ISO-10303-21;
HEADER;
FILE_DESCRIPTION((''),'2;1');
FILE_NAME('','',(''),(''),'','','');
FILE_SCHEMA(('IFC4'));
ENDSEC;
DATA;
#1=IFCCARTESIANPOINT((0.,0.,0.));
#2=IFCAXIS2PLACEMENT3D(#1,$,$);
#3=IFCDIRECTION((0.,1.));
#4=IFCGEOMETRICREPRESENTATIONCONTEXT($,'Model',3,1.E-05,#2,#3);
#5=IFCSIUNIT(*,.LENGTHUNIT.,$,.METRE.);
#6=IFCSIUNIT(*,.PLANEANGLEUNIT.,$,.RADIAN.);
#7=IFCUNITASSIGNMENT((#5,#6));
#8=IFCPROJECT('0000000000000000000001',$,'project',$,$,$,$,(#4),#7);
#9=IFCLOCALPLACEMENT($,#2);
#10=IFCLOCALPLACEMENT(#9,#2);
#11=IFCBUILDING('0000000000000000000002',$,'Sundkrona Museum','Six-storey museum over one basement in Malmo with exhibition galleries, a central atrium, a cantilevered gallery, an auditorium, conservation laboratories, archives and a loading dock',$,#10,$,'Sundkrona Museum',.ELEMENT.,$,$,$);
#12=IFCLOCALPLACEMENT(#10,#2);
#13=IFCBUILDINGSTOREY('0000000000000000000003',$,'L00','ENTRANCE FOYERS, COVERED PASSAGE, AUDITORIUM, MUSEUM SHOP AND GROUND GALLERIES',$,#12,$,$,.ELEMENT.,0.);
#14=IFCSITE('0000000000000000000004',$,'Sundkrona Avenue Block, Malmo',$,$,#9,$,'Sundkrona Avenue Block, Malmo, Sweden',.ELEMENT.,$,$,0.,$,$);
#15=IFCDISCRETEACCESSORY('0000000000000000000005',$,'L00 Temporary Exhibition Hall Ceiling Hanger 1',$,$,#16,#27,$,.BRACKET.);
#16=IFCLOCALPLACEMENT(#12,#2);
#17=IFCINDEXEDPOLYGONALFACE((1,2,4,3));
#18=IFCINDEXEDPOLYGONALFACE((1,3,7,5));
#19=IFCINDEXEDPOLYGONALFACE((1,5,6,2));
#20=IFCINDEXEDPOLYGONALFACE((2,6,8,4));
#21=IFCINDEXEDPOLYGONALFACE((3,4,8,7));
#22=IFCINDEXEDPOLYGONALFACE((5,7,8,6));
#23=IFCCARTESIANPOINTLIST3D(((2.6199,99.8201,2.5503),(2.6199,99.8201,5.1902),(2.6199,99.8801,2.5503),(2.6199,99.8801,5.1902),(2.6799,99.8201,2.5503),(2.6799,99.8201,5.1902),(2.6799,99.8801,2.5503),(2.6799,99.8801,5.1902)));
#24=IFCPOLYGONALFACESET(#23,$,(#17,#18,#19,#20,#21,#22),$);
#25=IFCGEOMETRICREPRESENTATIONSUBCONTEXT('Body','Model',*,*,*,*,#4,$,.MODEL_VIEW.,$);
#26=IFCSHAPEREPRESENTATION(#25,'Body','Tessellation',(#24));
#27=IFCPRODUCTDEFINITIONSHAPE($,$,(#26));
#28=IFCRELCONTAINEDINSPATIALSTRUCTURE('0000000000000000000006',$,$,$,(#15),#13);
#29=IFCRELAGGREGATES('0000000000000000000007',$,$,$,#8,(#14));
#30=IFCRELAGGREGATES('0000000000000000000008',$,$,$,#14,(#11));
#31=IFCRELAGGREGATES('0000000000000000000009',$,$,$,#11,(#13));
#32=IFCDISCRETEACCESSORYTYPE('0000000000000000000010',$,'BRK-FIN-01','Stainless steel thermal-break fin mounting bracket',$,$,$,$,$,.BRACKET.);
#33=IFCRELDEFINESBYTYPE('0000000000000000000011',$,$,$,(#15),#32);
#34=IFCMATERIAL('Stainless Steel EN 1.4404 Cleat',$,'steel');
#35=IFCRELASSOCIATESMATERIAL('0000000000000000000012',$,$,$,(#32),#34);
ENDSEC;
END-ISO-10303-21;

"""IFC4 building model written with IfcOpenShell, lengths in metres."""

from ifc_helpers import new_model, si_unit, direction, frame, origin, origin_2d, place, context, subcontext, project, spatial, rectangle, extrude, material, type_object, element, save


model = new_model("IFC4")

# Units and contexts
model_context = context("Model", 3, precision=1e-05, world=origin(), true_north=direction((0.0, 1.0)))
body_context = subcontext(model_context, "Body", "Model", "MODEL_VIEW")
ifc_project = project(units=[si_unit("LENGTHUNIT", "METRE"), si_unit("PLANEANGLEUNIT", "RADIAN")], contexts=[model_context])

# Site, building, storey
site_placement = place(None, origin())
site = spatial("IfcSite", under=ifc_project, at=site_placement, Name="Sundkrona Avenue Block, Malmo", LongName="Sundkrona Avenue Block, Malmo, Sweden", CompositionType="ELEMENT", RefElevation=0.0)
building_placement = place(site_placement, origin())
building = spatial("IfcBuilding", under=site, at=building_placement, Name="Sundkrona Museum", Description="Six-storey museum over one basement in Malmo with exhibition galleries, a central atrium, a cantilevered gallery, an auditorium, conservation laboratories, archives and a loading dock", LongName="Sundkrona Museum", CompositionType="ELEMENT")
storey_placement = place(building_placement, origin())
storey = spatial("IfcBuildingStorey", under=building, at=storey_placement, Name="L00", Description="ENTRANCE FOYERS, COVERED PASSAGE, AUDITORIUM, MUSEUM SHOP AND GROUND GALLERIES", CompositionType="ELEMENT", Elevation=0.0)

# Discrete accessory
ifc_material_1 = material(Name="Stainless Steel EN 1.4404 Cleat", Category="steel")
discrete_accessory_type = type_object("IfcDiscreteAccessoryType", Name="BRK-FIN-01", Description="Stainless steel thermal-break fin mounting bracket", PredefinedType="BRACKET", material=ifc_material_1)
discrete_accessory_1_placement = place(storey_placement, frame((2.6499, 99.8501, 2.5503), z_axis=(0.0, 0.0, 1.0), x_axis=(1.0, 0.0, 0.0)))
element("IfcDiscreteAccessory", 1, at=discrete_accessory_1_placement, inside=storey, type_object=discrete_accessory_type, Name="L00 Temporary Exhibition Hall Ceiling Hanger 1", PredefinedType="BRACKET", context=body_context, shape_type="SweptSolid", body=[
    extrude(rectangle(XDim=0.0601, YDim=0.0601, at=origin_2d()), origin(), (0.0, 0.0, 1.0), 2.6399),
])

save(model, "model.ifc")
